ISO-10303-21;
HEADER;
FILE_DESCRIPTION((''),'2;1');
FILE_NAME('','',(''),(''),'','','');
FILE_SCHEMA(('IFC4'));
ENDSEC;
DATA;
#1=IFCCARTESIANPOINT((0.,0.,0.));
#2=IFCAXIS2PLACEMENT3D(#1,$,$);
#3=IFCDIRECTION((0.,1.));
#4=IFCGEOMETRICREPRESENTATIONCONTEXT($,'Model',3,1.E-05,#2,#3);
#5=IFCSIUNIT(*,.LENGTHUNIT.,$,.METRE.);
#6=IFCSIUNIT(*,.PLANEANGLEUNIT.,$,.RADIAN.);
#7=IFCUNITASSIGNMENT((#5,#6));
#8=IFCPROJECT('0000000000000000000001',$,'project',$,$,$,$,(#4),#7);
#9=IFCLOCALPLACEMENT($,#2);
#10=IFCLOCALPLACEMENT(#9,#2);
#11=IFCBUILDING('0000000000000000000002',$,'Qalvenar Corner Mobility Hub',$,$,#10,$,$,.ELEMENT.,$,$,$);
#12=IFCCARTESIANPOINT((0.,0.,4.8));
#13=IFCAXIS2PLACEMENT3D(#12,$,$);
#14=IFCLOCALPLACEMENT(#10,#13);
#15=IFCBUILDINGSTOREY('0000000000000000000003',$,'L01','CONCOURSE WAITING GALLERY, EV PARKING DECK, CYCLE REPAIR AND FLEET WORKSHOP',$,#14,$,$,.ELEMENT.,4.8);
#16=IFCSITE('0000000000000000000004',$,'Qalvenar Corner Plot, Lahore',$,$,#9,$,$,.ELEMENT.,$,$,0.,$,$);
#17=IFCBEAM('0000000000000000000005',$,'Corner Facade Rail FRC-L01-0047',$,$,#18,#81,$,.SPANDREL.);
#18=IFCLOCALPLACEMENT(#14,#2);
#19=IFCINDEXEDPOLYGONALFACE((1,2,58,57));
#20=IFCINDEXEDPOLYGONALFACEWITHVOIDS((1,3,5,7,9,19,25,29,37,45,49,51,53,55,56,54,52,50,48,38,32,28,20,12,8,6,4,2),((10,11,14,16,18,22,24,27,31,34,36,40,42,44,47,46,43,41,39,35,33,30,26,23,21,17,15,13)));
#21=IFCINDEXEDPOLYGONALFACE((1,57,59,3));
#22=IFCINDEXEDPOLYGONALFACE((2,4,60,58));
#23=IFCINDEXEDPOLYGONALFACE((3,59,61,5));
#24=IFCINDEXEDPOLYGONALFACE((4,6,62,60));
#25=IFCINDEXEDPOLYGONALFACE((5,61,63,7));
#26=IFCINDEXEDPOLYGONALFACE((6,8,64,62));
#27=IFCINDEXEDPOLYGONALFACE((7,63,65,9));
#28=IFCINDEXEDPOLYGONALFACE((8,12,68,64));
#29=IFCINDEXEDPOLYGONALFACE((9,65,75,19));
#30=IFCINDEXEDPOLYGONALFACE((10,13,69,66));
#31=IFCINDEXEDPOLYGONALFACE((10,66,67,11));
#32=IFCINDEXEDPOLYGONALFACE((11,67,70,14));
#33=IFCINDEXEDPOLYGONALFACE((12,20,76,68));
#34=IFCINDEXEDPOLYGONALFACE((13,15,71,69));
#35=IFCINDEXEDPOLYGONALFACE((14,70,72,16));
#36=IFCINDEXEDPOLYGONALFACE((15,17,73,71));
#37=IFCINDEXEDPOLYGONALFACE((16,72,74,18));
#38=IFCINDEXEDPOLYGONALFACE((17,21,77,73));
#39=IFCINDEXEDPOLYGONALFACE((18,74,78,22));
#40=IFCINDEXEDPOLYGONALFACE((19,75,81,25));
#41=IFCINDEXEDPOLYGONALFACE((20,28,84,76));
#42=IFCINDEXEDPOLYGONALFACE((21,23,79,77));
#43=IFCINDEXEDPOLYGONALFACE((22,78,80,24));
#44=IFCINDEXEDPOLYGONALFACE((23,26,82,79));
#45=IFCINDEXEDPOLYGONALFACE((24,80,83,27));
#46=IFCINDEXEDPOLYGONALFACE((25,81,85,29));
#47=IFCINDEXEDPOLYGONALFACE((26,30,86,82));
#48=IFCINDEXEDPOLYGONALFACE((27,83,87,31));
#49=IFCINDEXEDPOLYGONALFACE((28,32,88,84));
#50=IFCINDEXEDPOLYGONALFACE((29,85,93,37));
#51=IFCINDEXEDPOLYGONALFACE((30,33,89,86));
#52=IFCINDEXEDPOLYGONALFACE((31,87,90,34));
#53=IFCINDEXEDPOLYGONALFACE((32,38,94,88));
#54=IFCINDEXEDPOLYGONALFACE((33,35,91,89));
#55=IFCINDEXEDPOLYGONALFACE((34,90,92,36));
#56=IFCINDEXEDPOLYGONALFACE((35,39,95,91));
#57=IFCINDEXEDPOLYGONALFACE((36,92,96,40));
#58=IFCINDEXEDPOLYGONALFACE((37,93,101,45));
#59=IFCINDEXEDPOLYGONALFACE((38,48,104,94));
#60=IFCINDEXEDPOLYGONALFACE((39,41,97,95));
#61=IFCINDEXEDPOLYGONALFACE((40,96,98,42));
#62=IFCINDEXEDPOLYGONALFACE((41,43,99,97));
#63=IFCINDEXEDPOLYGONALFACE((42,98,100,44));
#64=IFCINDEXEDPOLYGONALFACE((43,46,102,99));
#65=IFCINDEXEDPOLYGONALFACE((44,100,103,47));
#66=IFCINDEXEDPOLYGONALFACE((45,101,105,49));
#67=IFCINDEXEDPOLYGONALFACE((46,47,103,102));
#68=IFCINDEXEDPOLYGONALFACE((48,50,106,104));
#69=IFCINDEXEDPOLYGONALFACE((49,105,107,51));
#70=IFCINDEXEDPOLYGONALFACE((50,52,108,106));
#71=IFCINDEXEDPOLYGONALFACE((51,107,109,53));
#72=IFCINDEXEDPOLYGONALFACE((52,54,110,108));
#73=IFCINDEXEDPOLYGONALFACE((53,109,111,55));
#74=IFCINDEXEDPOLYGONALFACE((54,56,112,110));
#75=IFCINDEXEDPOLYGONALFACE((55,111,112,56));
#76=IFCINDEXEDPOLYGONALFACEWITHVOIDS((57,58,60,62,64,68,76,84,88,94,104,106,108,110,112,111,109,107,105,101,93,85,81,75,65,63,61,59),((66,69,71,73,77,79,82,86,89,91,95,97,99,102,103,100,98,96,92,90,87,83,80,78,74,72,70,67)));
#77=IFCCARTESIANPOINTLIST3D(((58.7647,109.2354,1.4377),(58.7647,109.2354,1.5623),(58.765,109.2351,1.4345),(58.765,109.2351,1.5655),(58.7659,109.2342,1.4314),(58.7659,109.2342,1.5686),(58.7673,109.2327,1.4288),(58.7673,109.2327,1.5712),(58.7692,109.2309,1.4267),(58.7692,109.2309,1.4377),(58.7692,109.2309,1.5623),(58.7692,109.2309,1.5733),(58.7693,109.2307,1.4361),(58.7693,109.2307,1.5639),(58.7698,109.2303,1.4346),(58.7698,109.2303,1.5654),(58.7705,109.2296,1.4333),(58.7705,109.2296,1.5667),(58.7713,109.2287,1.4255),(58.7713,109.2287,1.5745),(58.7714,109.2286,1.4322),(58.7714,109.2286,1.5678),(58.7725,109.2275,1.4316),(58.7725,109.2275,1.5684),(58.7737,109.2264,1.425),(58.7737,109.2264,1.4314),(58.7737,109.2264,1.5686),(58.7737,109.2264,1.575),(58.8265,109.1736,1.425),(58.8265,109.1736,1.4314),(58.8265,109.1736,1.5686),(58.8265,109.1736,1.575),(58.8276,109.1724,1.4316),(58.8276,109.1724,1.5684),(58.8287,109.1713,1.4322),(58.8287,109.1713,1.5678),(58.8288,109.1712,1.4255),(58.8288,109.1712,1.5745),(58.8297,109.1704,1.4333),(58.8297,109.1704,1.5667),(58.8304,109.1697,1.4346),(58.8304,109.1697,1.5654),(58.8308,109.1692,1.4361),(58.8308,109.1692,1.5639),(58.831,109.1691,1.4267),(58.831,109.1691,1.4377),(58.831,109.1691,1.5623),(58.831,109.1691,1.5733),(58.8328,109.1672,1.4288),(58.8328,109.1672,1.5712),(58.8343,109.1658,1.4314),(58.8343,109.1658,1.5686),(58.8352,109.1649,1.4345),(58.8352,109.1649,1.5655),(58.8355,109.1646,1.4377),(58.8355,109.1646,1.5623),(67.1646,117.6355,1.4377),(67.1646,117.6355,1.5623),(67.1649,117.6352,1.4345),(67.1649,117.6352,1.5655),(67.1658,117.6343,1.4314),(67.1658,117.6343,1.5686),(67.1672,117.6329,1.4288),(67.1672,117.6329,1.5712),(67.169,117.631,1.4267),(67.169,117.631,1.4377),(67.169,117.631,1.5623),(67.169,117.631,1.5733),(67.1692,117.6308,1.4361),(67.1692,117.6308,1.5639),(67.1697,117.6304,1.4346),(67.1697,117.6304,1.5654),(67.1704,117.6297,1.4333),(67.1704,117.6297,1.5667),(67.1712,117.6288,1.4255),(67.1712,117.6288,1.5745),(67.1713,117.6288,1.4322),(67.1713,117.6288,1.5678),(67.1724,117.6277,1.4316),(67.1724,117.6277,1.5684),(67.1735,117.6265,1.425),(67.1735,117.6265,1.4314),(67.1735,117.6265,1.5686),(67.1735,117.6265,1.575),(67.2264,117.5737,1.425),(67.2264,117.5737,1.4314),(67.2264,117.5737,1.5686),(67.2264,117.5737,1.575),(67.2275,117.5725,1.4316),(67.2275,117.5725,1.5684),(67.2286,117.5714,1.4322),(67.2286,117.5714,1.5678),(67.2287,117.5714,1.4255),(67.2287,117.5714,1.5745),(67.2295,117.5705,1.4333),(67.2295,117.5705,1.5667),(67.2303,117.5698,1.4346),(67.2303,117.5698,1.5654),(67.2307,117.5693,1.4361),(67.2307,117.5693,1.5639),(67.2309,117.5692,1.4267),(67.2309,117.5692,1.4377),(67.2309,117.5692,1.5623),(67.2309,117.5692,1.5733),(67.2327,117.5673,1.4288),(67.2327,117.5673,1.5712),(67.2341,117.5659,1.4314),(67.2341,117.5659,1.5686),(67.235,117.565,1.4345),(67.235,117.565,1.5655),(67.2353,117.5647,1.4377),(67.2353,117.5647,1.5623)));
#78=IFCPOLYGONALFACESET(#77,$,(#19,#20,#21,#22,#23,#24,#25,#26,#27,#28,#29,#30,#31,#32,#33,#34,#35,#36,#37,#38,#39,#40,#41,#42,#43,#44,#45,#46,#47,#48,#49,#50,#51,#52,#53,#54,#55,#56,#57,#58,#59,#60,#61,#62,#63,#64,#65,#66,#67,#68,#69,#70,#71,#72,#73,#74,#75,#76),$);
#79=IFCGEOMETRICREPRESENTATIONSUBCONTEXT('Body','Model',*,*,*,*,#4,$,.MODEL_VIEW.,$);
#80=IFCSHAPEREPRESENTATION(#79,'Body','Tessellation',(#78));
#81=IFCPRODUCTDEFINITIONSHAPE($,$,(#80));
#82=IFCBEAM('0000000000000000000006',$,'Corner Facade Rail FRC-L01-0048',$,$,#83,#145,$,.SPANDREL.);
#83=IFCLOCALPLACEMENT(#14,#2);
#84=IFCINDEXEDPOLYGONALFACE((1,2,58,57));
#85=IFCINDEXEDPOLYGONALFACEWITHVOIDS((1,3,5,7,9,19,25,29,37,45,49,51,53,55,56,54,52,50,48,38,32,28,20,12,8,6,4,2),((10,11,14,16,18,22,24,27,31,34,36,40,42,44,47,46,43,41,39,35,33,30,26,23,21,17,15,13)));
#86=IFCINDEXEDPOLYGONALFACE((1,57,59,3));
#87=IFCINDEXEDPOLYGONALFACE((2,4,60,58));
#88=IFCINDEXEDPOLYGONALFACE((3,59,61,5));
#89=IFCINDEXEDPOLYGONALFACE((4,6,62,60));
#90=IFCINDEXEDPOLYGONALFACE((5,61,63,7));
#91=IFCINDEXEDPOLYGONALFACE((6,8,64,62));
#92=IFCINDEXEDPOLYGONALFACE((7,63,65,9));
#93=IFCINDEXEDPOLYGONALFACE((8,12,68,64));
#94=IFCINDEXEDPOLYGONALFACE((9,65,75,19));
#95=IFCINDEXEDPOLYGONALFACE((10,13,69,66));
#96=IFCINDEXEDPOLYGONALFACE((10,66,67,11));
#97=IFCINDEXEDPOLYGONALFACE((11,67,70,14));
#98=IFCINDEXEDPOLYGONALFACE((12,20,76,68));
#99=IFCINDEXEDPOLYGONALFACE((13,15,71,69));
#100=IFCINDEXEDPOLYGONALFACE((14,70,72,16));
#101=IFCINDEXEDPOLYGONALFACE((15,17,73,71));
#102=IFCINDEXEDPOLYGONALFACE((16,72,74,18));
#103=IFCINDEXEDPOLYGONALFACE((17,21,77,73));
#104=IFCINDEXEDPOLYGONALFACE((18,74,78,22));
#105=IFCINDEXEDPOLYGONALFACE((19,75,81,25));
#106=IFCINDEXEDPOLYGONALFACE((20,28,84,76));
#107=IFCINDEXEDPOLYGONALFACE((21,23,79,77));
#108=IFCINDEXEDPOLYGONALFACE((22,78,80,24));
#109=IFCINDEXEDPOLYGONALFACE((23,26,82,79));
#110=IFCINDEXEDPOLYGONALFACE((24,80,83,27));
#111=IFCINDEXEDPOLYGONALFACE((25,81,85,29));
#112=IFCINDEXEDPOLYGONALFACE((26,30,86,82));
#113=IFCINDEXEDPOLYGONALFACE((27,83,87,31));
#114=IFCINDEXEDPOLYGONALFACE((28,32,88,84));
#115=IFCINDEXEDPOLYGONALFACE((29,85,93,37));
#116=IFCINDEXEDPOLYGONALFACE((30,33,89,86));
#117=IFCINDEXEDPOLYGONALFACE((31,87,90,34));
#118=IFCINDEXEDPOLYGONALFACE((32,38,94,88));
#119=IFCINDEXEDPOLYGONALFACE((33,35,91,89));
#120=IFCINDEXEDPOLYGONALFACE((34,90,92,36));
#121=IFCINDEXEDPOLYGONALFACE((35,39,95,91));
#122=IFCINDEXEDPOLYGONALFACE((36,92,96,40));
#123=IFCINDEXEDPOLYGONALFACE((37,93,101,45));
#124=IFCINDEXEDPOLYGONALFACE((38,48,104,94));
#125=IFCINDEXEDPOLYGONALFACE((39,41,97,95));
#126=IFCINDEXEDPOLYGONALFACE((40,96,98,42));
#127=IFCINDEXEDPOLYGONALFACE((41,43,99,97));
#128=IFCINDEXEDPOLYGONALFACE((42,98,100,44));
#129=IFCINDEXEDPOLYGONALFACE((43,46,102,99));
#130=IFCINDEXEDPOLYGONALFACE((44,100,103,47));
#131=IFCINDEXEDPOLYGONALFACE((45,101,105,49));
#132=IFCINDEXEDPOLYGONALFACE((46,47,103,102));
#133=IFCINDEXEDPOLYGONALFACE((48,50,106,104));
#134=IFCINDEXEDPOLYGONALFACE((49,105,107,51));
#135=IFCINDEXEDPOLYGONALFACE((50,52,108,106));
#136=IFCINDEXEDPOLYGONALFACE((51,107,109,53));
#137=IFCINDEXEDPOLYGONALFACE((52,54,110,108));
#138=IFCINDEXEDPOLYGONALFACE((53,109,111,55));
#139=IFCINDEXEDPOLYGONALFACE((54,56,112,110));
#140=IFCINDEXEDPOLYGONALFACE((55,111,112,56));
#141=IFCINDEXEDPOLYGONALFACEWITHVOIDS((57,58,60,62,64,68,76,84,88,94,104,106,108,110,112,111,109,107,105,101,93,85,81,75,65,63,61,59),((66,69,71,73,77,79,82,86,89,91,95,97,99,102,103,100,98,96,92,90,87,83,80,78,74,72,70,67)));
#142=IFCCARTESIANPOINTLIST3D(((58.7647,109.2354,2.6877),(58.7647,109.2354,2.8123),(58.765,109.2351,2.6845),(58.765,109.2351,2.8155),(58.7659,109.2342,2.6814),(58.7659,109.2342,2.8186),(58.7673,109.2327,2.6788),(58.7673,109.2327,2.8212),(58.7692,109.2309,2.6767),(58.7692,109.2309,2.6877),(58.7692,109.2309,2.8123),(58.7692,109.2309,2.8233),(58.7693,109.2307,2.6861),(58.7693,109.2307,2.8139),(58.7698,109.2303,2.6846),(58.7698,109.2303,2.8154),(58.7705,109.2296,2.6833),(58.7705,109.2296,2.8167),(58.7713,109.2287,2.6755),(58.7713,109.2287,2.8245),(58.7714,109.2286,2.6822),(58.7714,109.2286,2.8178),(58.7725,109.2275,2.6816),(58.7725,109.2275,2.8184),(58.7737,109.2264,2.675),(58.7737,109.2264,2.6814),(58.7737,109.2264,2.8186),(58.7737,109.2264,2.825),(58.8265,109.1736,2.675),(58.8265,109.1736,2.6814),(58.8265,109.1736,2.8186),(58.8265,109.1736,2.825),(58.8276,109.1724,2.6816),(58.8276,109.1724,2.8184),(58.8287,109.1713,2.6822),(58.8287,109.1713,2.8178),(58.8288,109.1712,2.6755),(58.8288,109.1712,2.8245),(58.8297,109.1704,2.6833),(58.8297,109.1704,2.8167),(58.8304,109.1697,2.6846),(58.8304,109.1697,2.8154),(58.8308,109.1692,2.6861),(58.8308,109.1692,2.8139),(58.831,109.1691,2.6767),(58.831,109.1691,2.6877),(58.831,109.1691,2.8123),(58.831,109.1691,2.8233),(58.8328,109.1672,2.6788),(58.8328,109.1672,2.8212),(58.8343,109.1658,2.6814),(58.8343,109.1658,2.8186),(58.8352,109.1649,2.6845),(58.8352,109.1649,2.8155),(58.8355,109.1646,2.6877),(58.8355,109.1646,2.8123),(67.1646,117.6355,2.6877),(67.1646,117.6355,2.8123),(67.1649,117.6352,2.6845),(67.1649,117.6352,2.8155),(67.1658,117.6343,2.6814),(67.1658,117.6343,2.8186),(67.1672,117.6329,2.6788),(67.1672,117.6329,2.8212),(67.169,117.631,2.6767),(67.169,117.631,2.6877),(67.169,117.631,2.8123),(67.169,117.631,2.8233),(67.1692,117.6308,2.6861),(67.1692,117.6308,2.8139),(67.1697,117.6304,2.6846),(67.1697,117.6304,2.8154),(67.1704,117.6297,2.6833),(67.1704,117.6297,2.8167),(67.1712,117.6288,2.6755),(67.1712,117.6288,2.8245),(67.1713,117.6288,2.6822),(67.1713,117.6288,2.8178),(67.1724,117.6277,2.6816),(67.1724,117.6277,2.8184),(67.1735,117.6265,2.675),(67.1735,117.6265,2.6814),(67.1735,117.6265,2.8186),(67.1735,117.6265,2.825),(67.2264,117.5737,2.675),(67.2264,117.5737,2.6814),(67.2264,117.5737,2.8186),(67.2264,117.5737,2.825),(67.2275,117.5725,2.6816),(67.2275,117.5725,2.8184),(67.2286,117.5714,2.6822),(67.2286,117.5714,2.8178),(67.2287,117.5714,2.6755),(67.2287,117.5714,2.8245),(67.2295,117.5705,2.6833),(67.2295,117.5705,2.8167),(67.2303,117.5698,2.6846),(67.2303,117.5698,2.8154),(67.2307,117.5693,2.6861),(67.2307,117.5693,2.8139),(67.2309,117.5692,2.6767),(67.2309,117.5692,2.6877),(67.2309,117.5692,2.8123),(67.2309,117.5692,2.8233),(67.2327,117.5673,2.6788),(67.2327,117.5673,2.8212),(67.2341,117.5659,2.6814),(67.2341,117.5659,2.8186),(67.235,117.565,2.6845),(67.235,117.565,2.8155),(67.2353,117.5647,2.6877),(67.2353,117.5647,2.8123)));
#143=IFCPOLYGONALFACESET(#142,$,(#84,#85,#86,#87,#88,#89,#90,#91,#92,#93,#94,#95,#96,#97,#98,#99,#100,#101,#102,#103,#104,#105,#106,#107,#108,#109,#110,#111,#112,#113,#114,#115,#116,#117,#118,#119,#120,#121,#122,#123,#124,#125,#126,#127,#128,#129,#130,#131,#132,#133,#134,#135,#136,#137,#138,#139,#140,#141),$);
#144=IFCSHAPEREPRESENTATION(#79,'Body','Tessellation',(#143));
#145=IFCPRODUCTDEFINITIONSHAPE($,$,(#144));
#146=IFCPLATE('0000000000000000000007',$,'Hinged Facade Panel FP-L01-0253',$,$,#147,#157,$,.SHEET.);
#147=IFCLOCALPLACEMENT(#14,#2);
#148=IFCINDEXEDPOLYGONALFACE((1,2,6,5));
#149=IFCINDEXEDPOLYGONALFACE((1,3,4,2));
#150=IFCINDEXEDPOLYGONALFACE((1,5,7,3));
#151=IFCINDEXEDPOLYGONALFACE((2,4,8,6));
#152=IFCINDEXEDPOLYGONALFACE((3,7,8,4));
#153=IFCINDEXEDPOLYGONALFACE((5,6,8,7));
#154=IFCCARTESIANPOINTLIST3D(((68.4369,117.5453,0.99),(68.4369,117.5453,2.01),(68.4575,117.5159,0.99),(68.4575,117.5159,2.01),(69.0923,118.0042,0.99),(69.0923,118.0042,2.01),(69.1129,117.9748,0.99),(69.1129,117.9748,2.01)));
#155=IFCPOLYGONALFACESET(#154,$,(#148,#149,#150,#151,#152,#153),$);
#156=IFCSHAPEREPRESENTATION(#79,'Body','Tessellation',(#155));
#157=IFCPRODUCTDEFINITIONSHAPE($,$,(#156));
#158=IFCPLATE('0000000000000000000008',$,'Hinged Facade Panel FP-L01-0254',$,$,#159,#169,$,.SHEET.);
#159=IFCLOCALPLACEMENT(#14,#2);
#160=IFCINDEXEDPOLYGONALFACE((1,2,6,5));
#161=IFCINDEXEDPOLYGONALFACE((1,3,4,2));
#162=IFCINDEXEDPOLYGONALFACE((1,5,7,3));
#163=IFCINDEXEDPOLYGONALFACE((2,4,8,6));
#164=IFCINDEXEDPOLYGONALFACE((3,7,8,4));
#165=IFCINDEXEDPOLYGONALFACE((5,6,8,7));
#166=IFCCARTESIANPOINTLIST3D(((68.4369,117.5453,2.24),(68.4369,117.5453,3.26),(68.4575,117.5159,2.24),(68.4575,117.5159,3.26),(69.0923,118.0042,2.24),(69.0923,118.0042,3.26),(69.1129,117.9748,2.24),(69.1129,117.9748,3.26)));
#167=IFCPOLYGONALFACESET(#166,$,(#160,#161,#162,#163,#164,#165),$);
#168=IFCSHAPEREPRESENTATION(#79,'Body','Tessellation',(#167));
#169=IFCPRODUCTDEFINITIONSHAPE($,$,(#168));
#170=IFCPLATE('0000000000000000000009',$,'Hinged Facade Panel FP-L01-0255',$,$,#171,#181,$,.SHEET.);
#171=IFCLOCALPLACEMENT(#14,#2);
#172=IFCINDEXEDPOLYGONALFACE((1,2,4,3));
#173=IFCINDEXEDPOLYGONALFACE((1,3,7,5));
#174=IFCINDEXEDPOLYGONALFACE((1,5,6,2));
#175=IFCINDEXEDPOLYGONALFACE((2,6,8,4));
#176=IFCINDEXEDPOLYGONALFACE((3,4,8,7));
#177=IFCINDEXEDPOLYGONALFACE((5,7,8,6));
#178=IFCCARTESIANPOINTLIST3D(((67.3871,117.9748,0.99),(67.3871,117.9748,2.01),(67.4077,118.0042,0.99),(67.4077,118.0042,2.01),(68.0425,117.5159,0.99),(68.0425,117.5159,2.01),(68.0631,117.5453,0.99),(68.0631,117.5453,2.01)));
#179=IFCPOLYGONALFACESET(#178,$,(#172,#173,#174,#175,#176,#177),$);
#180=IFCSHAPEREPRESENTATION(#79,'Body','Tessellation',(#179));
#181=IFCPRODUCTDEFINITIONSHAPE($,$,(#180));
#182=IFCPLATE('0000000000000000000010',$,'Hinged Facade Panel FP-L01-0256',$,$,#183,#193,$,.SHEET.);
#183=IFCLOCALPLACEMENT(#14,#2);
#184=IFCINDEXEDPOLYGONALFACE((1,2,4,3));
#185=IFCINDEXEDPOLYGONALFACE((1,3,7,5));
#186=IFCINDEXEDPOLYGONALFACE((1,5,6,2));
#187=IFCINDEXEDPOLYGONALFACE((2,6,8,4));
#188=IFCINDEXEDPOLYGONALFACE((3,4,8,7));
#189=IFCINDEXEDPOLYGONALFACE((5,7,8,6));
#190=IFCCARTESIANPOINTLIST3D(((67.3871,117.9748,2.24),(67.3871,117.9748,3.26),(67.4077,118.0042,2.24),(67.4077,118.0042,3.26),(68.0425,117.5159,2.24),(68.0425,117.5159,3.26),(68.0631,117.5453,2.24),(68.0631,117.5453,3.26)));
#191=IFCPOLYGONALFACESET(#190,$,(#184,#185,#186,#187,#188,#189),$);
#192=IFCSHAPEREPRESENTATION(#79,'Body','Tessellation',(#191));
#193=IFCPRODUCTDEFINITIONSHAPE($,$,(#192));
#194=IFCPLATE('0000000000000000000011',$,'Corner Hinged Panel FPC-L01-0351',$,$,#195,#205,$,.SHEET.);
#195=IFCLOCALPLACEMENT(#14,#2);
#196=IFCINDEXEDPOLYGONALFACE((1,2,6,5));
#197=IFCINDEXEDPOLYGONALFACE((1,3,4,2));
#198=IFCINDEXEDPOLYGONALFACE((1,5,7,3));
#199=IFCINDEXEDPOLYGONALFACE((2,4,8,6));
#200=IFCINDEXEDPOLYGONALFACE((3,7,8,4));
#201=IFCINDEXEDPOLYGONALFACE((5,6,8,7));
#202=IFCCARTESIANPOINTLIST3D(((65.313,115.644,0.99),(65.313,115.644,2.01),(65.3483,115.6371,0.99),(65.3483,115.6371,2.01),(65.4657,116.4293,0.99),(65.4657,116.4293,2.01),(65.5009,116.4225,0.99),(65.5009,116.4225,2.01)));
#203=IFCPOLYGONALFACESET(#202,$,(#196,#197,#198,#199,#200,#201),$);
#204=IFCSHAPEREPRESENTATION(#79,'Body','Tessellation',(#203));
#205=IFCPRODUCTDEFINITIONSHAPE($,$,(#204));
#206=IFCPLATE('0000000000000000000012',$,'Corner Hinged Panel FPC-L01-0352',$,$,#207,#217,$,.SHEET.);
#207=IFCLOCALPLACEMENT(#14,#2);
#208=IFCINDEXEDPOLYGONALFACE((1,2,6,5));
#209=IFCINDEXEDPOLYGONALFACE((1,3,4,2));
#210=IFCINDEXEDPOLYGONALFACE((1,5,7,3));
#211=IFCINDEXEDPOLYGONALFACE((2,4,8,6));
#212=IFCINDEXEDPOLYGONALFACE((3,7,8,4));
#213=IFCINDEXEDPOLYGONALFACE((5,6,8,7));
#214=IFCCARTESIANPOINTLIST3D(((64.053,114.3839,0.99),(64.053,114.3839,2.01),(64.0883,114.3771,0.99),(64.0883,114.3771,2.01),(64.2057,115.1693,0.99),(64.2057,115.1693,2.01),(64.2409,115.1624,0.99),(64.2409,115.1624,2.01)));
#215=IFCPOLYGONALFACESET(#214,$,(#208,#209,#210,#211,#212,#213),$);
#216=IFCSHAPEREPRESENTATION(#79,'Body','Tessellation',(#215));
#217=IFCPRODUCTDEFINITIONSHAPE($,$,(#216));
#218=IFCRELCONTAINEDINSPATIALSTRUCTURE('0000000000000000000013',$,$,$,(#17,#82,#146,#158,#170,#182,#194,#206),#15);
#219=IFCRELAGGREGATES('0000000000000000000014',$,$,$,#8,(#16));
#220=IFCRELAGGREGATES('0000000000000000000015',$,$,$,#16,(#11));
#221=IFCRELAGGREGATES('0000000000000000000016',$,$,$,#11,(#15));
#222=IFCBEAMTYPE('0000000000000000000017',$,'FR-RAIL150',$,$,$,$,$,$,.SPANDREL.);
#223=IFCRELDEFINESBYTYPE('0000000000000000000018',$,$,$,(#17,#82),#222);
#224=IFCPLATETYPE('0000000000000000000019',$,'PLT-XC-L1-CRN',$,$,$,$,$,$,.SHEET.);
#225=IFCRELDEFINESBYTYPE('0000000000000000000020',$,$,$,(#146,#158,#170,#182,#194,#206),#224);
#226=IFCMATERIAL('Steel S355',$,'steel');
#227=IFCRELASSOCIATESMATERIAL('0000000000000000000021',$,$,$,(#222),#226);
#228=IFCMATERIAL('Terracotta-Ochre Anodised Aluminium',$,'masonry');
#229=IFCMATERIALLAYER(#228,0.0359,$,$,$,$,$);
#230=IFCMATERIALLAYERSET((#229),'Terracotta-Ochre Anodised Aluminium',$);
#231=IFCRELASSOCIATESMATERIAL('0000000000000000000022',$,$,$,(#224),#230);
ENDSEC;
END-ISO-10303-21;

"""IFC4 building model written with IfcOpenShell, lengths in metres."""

from ifc_helpers import new_model, si_unit, direction, frame, origin, origin_2d, place, context, subcontext, project, spatial, rectangle, hollow_rectangle, extrude, material, layer, layer_set, material_profile, profile_set, type_object, element, save


model = new_model("IFC4")

# Units and contexts
model_context = context("Model", 3, precision=1e-05, world=origin(), true_north=direction((0.0, 1.0)))
body_context = subcontext(model_context, "Body", "Model", "MODEL_VIEW")
ifc_project = project(units=[si_unit("LENGTHUNIT", "METRE"), si_unit("PLANEANGLEUNIT", "RADIAN")], contexts=[model_context])

# Site, building, storey
site_placement = place(None, origin())
site = spatial("IfcSite", under=ifc_project, at=site_placement, Name="Qalvenar Corner Plot, Lahore", CompositionType="ELEMENT", RefElevation=0.0)
building_placement = place(site_placement, origin())
building = spatial("IfcBuilding", under=site, at=building_placement, Name="Qalvenar Corner Mobility Hub", CompositionType="ELEMENT")
storey_placement = place(building_placement, frame((0.0, 0.0, 4.8)))
storey = spatial("IfcBuildingStorey", under=building, at=storey_placement, Name="L01", Description="CONCOURSE WAITING GALLERY, EV PARKING DECK, CYCLE REPAIR AND FLEET WORKSHOP", CompositionType="ELEMENT", Elevation=4.8)

# Shared definitions
ifc_material_1 = material(Name="Steel S355", Category="steel")

# Beams
ifc_material_profile_1 = material_profile(ifc_material_1, hollow_rectangle(XDim=0.1001, YDim=0.1499, WallThickness=0.0063, InnerFilletRadius=0.0063, OuterFilletRadius=0.0127, at=origin_2d()), Name="RHS150x100x6.3")
ifc_profile_set_1 = profile_set([ifc_material_profile_1], Name="Steel S355")
beam_type_1 = type_object("IfcBeamType", Name="FR-RAIL150", PredefinedType="SPANDREL", material=ifc_profile_set_1)
for number, where, z_axis, x_axis, name in (
    (1, (67.2, 117.6001, 1.5), (-0.707097, -0.707117, 0.0), (0.707117, -0.707097, 0.0), "Corner Facade Rail FRC-L01-0047"),
    (2, (67.2, 117.6001, 2.75), (-0.707097, -0.707117, 0.0), (0.707117, -0.707097, 0.0), "Corner Facade Rail FRC-L01-0048"),
):
    element("IfcBeam", number, at=place(storey_placement, frame(where, z_axis=z_axis, x_axis=x_axis)), inside=storey, type_object=beam_type_1, Name=name, PredefinedType="SPANDREL", context=body_context, shape_type="SweptSolid", body=[
        extrude(hollow_rectangle(XDim=0.1001, YDim=0.1499, WallThickness=0.0063, InnerFilletRadius=0.0063, OuterFilletRadius=0.0127, at=origin_2d()), origin(), (0.0, 0.0, 1.0), 11.8794),
    ])

# Plates
ifc_material_2 = material(Name="Terracotta-Ochre Anodised Aluminium", Category="masonry")
ifc_layer_1 = layer(ifc_material_2, 0.0359)
ifc_layer_set_1 = layer_set([ifc_layer_1], Name="Terracotta-Ochre Anodised Aluminium")
plate_type_1 = type_object("IfcPlateType", Name="PLT-XC-L1-CRN", PredefinedType="SHEET", material=ifc_layer_set_1)
for number, where, z_axis, x_axis, name in (
    (3, (68.7749, 117.76, 0.99), (0.0, 0.0, 1.0), (-0.819152, -0.573576, 0.0), "Hinged Facade Panel FP-L01-0253"),
    (4, (68.7749, 117.76, 2.24), (0.0, 0.0, 1.0), (-0.819152, -0.573576, 0.0), "Hinged Facade Panel FP-L01-0254"),
    (5, (67.7251, 117.76, 0.99), (0.0, 0.0, 1.0), (-0.819152, 0.573576, 0.0), "Hinged Facade Panel FP-L01-0255"),
    (6, (67.7251, 117.76, 2.24), (0.0, 0.0, 1.0), (-0.819152, 0.573576, 0.0), "Hinged Facade Panel FP-L01-0256"),
    (7, (65.407, 116.0332, 0.99), (0.0, 0.0, 1.0), (-0.190809, -0.981627, 0.0), "Corner Hinged Panel FPC-L01-0351"),
    (8, (64.147, 114.7732, 0.99), (0.0, 0.0, 1.0), (-0.190809, -0.981627, 0.0), "Corner Hinged Panel FPC-L01-0352"),
):
    element("IfcPlate", number, at=place(storey_placement, frame(where, z_axis=z_axis, x_axis=x_axis)), inside=storey, type_object=plate_type_1, Name=name, PredefinedType="SHEET", context=body_context, shape_type="SweptSolid", body=[
        extrude(rectangle(XDim=0.8, YDim=0.0359, at=origin_2d()), origin(), (0.0, 0.0, 1.0), 1.02),
    ])

save(model, "model.ifc")
